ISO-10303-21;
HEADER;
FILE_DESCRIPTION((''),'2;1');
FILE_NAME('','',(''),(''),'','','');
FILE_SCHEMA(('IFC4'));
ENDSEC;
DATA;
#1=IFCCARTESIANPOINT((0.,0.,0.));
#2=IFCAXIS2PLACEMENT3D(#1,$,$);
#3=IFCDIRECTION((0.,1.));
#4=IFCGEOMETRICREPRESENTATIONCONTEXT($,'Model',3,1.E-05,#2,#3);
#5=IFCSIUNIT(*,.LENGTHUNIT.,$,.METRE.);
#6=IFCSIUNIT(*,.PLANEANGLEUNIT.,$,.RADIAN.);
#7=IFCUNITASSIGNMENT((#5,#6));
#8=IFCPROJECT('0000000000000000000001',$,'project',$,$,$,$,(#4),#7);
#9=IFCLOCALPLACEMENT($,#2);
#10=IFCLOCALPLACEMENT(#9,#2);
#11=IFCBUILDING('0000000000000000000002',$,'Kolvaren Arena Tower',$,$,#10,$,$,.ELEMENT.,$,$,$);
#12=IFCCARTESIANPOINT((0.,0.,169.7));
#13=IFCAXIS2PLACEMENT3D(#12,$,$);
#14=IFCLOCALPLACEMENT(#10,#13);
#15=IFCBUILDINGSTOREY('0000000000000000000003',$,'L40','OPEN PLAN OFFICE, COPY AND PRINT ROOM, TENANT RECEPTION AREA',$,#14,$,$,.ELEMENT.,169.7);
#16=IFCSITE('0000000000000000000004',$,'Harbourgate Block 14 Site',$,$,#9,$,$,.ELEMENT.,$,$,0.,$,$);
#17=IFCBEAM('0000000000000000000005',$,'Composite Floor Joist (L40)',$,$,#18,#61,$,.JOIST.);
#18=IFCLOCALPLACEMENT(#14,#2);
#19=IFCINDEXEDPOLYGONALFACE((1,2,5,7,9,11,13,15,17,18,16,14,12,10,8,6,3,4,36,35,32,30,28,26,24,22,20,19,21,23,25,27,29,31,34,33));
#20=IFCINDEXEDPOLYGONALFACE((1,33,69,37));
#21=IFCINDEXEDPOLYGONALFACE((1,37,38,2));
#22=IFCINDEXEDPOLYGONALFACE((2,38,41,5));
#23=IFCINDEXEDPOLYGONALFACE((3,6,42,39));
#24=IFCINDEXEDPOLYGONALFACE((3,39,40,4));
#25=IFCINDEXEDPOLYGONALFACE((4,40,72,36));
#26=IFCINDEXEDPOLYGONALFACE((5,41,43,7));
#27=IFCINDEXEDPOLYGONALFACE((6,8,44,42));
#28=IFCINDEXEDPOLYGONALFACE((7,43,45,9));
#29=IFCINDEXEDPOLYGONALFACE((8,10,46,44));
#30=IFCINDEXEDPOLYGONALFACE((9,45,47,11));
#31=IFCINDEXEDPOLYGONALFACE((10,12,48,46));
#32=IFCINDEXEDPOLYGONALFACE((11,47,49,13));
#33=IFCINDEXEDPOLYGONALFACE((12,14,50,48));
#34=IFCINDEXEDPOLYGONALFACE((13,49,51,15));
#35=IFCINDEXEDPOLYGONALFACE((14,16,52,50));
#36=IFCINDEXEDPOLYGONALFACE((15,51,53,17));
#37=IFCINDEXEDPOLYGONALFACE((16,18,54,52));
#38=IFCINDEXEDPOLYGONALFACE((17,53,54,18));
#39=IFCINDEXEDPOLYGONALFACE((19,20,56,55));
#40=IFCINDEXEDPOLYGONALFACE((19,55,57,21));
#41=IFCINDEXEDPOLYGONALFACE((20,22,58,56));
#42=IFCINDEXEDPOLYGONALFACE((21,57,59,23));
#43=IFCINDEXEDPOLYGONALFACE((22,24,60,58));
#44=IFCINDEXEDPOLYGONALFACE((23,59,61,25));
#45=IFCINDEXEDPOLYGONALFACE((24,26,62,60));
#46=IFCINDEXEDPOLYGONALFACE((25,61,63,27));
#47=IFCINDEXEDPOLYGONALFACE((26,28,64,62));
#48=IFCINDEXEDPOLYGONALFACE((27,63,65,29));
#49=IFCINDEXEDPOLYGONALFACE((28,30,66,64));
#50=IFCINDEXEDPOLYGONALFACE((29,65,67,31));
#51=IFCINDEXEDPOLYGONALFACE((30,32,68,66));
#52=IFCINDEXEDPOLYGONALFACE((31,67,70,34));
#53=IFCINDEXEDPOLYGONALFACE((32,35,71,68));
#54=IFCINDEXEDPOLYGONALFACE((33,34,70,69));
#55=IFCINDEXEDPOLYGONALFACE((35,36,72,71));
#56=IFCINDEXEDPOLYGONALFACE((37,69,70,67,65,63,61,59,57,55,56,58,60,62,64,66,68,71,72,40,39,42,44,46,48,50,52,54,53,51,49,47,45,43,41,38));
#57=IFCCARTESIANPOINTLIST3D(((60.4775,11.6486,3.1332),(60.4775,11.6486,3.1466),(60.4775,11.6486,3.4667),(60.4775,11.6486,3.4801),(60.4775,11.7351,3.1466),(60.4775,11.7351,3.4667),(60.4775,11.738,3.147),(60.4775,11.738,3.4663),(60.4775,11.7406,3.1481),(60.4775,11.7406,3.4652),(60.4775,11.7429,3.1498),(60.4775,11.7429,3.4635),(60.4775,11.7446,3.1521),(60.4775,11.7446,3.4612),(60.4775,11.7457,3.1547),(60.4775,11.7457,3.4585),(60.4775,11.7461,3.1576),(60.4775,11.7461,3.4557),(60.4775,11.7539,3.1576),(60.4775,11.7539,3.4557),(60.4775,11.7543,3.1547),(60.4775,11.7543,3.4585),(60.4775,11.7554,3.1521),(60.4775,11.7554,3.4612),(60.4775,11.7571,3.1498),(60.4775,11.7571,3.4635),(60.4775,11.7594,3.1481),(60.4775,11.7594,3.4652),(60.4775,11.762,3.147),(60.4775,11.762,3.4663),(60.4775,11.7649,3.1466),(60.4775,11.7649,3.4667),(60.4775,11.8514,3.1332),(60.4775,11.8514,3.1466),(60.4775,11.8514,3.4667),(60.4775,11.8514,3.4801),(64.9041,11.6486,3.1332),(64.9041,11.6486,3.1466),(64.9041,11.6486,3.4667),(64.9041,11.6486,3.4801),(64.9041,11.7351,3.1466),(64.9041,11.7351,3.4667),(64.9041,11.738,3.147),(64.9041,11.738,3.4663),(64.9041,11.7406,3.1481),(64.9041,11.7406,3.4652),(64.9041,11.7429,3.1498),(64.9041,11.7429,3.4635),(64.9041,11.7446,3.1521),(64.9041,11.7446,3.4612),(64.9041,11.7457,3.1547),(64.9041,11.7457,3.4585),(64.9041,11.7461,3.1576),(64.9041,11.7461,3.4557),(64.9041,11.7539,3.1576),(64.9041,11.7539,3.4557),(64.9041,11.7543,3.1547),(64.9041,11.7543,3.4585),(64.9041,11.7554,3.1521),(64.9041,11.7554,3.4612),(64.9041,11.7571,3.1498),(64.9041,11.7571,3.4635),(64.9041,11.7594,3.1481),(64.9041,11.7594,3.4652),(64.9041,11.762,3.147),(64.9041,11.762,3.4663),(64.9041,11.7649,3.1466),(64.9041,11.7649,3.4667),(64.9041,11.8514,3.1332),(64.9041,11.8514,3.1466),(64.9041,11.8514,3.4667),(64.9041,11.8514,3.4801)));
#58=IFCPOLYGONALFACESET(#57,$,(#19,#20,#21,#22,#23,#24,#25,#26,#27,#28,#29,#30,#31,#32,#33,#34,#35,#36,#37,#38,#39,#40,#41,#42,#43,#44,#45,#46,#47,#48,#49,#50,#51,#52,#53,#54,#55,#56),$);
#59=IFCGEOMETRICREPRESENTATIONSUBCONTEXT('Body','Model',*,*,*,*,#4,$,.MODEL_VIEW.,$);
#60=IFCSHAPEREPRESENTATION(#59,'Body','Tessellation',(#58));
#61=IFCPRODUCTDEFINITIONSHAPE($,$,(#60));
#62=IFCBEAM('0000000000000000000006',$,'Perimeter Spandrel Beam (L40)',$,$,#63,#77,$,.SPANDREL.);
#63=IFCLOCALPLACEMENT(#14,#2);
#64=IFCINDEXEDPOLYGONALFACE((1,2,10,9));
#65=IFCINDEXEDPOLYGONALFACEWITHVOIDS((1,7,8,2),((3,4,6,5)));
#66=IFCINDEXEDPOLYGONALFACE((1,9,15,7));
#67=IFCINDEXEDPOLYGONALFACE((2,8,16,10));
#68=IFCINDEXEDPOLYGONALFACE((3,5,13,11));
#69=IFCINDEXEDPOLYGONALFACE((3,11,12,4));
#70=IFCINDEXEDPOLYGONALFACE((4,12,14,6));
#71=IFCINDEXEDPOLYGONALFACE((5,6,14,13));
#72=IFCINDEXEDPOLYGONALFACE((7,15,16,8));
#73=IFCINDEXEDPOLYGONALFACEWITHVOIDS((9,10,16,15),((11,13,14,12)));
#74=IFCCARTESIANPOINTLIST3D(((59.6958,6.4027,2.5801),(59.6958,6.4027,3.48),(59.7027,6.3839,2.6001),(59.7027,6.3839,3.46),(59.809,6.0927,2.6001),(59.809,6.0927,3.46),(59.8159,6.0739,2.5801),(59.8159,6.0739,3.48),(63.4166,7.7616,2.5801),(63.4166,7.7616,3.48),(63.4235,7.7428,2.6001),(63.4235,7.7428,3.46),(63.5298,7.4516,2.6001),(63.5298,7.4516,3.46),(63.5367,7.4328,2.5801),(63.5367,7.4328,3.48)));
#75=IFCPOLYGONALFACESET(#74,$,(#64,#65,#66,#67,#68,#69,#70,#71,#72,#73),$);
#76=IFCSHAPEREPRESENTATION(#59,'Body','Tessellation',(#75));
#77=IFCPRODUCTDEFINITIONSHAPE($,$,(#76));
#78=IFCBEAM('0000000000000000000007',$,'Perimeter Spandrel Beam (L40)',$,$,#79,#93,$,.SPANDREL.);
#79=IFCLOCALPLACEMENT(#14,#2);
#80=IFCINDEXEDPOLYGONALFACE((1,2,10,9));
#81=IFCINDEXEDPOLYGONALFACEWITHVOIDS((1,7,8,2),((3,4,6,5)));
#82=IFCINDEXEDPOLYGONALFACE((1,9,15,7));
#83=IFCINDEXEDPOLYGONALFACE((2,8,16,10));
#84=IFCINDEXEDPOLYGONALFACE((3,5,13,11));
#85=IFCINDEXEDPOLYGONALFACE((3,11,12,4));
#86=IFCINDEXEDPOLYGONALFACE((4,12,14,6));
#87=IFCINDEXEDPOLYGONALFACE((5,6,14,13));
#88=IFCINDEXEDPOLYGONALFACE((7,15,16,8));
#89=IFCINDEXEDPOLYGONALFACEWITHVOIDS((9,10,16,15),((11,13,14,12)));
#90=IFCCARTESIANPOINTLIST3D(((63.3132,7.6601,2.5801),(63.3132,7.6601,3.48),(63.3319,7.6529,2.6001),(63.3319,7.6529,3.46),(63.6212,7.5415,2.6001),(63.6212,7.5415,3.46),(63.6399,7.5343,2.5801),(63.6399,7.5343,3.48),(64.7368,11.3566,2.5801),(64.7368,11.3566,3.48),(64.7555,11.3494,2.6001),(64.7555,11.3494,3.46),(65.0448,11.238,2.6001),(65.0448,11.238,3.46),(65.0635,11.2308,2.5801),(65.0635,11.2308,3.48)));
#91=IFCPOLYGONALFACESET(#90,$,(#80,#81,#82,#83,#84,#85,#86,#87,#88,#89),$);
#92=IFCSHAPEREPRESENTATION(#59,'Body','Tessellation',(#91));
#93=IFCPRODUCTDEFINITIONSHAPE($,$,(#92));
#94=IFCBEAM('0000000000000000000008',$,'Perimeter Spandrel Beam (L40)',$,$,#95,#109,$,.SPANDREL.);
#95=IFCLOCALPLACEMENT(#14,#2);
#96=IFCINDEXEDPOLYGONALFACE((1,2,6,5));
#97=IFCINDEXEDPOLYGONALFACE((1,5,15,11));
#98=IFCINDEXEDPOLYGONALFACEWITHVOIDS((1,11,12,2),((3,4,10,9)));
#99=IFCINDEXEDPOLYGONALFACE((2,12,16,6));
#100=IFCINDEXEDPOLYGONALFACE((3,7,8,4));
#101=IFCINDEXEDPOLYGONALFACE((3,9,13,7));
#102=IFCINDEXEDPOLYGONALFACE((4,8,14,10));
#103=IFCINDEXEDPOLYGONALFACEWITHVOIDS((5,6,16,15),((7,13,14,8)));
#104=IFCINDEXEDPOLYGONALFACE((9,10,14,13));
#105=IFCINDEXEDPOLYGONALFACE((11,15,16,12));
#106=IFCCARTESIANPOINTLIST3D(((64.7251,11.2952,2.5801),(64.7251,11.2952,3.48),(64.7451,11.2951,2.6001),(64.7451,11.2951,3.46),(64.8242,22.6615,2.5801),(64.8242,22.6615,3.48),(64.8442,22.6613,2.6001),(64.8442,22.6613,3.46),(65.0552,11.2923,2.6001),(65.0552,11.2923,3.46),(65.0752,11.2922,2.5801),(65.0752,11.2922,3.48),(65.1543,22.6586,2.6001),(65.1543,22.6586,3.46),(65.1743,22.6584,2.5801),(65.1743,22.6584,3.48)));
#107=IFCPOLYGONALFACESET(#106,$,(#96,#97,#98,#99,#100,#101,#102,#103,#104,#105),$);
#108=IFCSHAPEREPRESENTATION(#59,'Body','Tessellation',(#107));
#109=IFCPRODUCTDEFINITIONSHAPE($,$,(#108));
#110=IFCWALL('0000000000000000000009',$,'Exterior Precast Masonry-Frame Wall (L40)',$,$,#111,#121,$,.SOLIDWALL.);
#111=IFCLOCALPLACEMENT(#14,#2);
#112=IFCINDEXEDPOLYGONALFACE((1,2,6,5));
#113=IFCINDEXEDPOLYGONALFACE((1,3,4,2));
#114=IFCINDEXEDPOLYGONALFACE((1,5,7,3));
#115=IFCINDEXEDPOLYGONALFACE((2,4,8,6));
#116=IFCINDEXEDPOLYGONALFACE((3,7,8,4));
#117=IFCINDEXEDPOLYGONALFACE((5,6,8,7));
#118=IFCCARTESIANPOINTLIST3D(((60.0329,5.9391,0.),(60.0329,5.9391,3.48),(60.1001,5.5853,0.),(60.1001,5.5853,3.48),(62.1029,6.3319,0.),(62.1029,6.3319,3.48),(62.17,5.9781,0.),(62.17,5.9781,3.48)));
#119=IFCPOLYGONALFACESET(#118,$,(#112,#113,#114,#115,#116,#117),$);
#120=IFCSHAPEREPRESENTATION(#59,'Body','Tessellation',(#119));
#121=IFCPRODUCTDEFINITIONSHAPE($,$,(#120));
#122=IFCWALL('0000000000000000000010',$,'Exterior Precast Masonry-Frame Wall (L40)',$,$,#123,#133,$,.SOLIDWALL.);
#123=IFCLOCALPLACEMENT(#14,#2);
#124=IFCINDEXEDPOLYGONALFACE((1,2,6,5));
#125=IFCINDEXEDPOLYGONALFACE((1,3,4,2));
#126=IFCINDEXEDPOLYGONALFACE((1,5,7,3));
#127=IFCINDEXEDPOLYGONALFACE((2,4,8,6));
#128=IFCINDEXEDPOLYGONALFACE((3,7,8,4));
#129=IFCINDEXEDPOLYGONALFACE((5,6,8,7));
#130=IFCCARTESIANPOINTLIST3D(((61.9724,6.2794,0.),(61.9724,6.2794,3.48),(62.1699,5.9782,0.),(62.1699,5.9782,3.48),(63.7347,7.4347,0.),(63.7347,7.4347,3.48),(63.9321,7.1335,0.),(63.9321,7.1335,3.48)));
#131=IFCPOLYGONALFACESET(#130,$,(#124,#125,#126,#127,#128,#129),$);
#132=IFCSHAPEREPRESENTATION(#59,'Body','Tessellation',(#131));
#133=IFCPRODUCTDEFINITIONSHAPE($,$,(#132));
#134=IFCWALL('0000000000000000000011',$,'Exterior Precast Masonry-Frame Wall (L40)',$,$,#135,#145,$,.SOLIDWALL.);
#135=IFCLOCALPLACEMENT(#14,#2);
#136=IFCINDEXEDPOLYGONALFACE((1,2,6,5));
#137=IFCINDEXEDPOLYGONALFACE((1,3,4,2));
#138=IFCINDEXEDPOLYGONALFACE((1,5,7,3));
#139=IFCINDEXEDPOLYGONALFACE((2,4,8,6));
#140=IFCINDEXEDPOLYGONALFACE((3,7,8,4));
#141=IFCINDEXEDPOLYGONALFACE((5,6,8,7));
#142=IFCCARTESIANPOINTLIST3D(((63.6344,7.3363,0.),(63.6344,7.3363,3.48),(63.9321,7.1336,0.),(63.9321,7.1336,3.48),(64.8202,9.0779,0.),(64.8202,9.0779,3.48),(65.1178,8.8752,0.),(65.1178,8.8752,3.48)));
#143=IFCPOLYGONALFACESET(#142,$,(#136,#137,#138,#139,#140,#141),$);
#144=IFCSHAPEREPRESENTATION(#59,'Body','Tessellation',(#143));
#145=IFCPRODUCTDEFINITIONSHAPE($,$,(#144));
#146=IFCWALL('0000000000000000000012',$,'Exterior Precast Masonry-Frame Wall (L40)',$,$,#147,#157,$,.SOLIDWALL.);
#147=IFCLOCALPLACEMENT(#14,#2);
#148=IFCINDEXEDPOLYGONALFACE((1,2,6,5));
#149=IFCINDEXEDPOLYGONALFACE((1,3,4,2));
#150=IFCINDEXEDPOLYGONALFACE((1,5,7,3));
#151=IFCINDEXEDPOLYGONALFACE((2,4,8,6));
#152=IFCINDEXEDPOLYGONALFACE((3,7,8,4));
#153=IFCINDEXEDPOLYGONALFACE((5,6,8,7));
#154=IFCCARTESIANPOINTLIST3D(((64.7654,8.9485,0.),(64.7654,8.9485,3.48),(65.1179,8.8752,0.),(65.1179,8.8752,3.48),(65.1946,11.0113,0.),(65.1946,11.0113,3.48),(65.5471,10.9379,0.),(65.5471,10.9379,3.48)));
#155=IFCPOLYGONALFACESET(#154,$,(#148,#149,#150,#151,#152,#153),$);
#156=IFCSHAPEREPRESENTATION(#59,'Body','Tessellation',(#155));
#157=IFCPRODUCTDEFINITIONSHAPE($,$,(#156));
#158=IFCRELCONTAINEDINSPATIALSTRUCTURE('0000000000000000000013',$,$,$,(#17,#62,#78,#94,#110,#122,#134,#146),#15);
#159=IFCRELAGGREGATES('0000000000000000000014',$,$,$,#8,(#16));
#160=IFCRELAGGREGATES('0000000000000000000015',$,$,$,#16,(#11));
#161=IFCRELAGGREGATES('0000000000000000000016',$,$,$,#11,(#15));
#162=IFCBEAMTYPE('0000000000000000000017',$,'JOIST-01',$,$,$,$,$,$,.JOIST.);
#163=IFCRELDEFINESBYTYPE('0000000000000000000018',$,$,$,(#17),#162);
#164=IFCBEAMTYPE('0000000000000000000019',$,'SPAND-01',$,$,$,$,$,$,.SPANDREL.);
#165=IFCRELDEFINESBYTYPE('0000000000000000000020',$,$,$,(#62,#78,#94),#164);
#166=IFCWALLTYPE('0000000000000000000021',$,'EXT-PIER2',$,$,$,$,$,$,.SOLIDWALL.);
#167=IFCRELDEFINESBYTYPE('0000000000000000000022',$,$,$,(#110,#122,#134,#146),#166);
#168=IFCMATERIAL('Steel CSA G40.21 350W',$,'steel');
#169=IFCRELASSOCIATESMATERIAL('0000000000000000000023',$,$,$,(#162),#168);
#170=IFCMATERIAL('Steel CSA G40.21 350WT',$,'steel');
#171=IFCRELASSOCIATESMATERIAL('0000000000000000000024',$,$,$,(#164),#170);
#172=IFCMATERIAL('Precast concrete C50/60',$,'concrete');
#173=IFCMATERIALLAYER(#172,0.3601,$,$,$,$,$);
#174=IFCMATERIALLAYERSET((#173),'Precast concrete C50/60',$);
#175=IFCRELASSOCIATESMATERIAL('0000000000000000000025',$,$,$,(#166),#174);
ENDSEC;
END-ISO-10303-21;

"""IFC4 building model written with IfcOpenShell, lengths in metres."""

from ifc_helpers import new_model, si_unit, direction, frame, frame_2d, origin, origin_2d, place, context, subcontext, project, spatial, rectangle, hollow_rectangle, i_section, extrude, material, layer, layer_set, material_profile, profile_set, type_object, element, save


model = new_model("IFC4")

# Units and contexts
model_context = context("Model", 3, precision=1e-05, world=origin(), true_north=direction((0.0, 1.0)))
body_context = subcontext(model_context, "Body", "Model", "MODEL_VIEW")
ifc_project = project(units=[si_unit("LENGTHUNIT", "METRE"), si_unit("PLANEANGLEUNIT", "RADIAN")], contexts=[model_context])

# Site, building, storey
site_placement = place(None, origin())
site = spatial("IfcSite", under=ifc_project, at=site_placement, Name="Harbourgate Block 14 Site", CompositionType="ELEMENT", RefElevation=0.0)
building_placement = place(site_placement, origin())
building = spatial("IfcBuilding", under=site, at=building_placement, Name="Kolvaren Arena Tower", CompositionType="ELEMENT")
storey_placement = place(building_placement, frame((0.0, 0.0, 169.7)))
storey = spatial("IfcBuildingStorey", under=building, at=storey_placement, Name="L40", Description="OPEN PLAN OFFICE, COPY AND PRINT ROOM, TENANT RECEPTION AREA", CompositionType="ELEMENT", Elevation=169.7)

# Beams
ifc_material_1 = material(Name="Steel CSA G40.21 350W", Category="steel")
ifc_material_profile_1 = material_profile(ifc_material_1, i_section(OverallWidth=0.2029, OverallDepth=0.3469, WebThickness=0.0078, FlangeThickness=0.0134, FilletRadius=0.011, at=origin_2d()), Name="W360x64")
ifc_profile_set_1 = profile_set([ifc_material_profile_1], Name="Steel CSA G40.21 350W")
beam_type_1 = type_object("IfcBeamType", Name="JOIST-01", PredefinedType="JOIST", material=ifc_profile_set_1)
beam_1_placement = place(storey_placement, frame((60.4775, 11.75, 3.3066), z_axis=(1.0, 0.0, 0.0), x_axis=(0.0, 1.0, 0.0)))
element("IfcBeam", 1, at=beam_1_placement, inside=storey, type_object=beam_type_1, Name="Composite Floor Joist (L40)", PredefinedType="JOIST", context=body_context, shape_type="SweptSolid", body=[
    extrude(i_section(OverallWidth=0.2029, OverallDepth=0.3469, WebThickness=0.0078, FlangeThickness=0.0134, FilletRadius=0.011, at=origin_2d()), origin(), (0.0, 0.0, 1.0), 4.4265),
])
ifc_material_2 = material(Name="Steel CSA G40.21 350WT", Category="steel")
ifc_material_profile_2 = material_profile(ifc_material_2, hollow_rectangle(XDim=0.3501, YDim=0.8999, WallThickness=0.02, at=origin_2d()), Name="HSS 900x350x20")
ifc_profile_set_2 = profile_set([ifc_material_profile_2], Name="Steel CSA G40.21 350WT")
beam_type_2 = type_object("IfcBeamType", Name="SPAND-01", PredefinedType="SPANDREL", material=ifc_profile_set_2)
for number, where, z_axis, x_axis, name in (
    (2, (59.7559, 6.2383, 3.03), (0.939314, 0.343059, 0.0), (-0.343059, 0.939314, 0.0), "Perimeter Spandrel Beam (L40)"),
    (3, (63.4766, 7.5972, 3.03), (0.359384, 0.93319, 0.0), (-0.93319, 0.359384, 0.0), "Perimeter Spandrel Beam (L40)"),
):
    element("IfcBeam", number, at=place(storey_placement, frame(where, z_axis=z_axis, x_axis=x_axis)), inside=storey, type_object=beam_type_2, Name=name, PredefinedType="SPANDREL", context=body_context, shape_type="SweptSolid", body=[
        extrude(hollow_rectangle(XDim=0.3501, YDim=0.8999, WallThickness=0.02, at=origin_2d()), origin(), (0.0, 0.0, 1.0), 3.9612),
    ])
beam_2_placement = place(storey_placement, frame((64.9001, 11.2937, 3.03), z_axis=(0.00872, 0.999962, 0.0), x_axis=(-0.999962, 0.00872, 0.0)))
element("IfcBeam", 4, at=beam_2_placement, inside=storey, type_object=beam_type_2, Name="Perimeter Spandrel Beam (L40)", PredefinedType="SPANDREL", context=body_context, shape_type="SweptSolid", body=[
    extrude(hollow_rectangle(XDim=0.3501, YDim=0.8999, WallThickness=0.02, at=origin_2d()), origin(), (0.0, 0.0, 1.0), 11.3667),
])

# Walls
ifc_material_3 = material(Name="Precast concrete C50/60", Category="concrete")
ifc_layer_1 = layer(ifc_material_3, 0.3601)
ifc_layer_set_1 = layer_set([ifc_layer_1], Name="Precast concrete C50/60")
wall_type_1 = type_object("IfcWallType", Name="EXT-PIER2", PredefinedType="SOLIDWALL", material=ifc_layer_set_1)
wall_1_placement = place(storey_placement, frame((62.1365, 6.155, 0.0), z_axis=(0.0, 0.0, 1.0), x_axis=(-0.982467, -0.186436, 0.0)))
element("IfcWall", 5, at=wall_1_placement, inside=storey, type_object=wall_type_1, Name="Exterior Precast Masonry-Frame Wall (L40)", PredefinedType="SOLIDWALL", context=body_context, shape_type="SweptSolid", body=[
    extrude(rectangle(XDim=2.1069, YDim=0.3601, at=frame_2d((1.0535, 0.0))), origin(), (0.0, 0.0, 1.0), 3.48),
])
wall_2_placement = place(storey_placement, frame((63.8335, 7.2842, 0.0), z_axis=(0.0, 0.0, 1.0), x_axis=(-0.836304, -0.548267, 0.0)))
element("IfcWall", 6, at=wall_2_placement, inside=storey, type_object=wall_type_1, Name="Exterior Precast Masonry-Frame Wall (L40)", PredefinedType="SOLIDWALL", context=body_context, shape_type="SweptSolid", body=[
    extrude(rectangle(XDim=2.1072, YDim=0.3601, at=frame_2d((1.0537, 0.0))), origin(), (0.0, 0.0, 1.0), 3.48),
])
for number, where, z_axis, x_axis, name in (
    (7, (64.969, 8.9766, 0.0), (0.0, 0.0, 1.0), (-0.562776, -0.82661, 0.0), "Exterior Precast Masonry-Frame Wall (L40)"),
    (8, (65.3708, 10.9746, 0.0), (0.0, 0.0, 1.0), (-0.203709, -0.979031, 0.0), "Exterior Precast Masonry-Frame Wall (L40)"),
):
    element("IfcWall", number, at=place(storey_placement, frame(where, z_axis=z_axis, x_axis=x_axis)), inside=storey, type_object=wall_type_1, Name=name, PredefinedType="SOLIDWALL", context=body_context, shape_type="SweptSolid", body=[
        extrude(rectangle(XDim=2.1069, YDim=0.3601, at=frame_2d((1.0535, 0.0))), origin(), (0.0, 0.0, 1.0), 3.48),
    ])

save(model, "model.ifc")
